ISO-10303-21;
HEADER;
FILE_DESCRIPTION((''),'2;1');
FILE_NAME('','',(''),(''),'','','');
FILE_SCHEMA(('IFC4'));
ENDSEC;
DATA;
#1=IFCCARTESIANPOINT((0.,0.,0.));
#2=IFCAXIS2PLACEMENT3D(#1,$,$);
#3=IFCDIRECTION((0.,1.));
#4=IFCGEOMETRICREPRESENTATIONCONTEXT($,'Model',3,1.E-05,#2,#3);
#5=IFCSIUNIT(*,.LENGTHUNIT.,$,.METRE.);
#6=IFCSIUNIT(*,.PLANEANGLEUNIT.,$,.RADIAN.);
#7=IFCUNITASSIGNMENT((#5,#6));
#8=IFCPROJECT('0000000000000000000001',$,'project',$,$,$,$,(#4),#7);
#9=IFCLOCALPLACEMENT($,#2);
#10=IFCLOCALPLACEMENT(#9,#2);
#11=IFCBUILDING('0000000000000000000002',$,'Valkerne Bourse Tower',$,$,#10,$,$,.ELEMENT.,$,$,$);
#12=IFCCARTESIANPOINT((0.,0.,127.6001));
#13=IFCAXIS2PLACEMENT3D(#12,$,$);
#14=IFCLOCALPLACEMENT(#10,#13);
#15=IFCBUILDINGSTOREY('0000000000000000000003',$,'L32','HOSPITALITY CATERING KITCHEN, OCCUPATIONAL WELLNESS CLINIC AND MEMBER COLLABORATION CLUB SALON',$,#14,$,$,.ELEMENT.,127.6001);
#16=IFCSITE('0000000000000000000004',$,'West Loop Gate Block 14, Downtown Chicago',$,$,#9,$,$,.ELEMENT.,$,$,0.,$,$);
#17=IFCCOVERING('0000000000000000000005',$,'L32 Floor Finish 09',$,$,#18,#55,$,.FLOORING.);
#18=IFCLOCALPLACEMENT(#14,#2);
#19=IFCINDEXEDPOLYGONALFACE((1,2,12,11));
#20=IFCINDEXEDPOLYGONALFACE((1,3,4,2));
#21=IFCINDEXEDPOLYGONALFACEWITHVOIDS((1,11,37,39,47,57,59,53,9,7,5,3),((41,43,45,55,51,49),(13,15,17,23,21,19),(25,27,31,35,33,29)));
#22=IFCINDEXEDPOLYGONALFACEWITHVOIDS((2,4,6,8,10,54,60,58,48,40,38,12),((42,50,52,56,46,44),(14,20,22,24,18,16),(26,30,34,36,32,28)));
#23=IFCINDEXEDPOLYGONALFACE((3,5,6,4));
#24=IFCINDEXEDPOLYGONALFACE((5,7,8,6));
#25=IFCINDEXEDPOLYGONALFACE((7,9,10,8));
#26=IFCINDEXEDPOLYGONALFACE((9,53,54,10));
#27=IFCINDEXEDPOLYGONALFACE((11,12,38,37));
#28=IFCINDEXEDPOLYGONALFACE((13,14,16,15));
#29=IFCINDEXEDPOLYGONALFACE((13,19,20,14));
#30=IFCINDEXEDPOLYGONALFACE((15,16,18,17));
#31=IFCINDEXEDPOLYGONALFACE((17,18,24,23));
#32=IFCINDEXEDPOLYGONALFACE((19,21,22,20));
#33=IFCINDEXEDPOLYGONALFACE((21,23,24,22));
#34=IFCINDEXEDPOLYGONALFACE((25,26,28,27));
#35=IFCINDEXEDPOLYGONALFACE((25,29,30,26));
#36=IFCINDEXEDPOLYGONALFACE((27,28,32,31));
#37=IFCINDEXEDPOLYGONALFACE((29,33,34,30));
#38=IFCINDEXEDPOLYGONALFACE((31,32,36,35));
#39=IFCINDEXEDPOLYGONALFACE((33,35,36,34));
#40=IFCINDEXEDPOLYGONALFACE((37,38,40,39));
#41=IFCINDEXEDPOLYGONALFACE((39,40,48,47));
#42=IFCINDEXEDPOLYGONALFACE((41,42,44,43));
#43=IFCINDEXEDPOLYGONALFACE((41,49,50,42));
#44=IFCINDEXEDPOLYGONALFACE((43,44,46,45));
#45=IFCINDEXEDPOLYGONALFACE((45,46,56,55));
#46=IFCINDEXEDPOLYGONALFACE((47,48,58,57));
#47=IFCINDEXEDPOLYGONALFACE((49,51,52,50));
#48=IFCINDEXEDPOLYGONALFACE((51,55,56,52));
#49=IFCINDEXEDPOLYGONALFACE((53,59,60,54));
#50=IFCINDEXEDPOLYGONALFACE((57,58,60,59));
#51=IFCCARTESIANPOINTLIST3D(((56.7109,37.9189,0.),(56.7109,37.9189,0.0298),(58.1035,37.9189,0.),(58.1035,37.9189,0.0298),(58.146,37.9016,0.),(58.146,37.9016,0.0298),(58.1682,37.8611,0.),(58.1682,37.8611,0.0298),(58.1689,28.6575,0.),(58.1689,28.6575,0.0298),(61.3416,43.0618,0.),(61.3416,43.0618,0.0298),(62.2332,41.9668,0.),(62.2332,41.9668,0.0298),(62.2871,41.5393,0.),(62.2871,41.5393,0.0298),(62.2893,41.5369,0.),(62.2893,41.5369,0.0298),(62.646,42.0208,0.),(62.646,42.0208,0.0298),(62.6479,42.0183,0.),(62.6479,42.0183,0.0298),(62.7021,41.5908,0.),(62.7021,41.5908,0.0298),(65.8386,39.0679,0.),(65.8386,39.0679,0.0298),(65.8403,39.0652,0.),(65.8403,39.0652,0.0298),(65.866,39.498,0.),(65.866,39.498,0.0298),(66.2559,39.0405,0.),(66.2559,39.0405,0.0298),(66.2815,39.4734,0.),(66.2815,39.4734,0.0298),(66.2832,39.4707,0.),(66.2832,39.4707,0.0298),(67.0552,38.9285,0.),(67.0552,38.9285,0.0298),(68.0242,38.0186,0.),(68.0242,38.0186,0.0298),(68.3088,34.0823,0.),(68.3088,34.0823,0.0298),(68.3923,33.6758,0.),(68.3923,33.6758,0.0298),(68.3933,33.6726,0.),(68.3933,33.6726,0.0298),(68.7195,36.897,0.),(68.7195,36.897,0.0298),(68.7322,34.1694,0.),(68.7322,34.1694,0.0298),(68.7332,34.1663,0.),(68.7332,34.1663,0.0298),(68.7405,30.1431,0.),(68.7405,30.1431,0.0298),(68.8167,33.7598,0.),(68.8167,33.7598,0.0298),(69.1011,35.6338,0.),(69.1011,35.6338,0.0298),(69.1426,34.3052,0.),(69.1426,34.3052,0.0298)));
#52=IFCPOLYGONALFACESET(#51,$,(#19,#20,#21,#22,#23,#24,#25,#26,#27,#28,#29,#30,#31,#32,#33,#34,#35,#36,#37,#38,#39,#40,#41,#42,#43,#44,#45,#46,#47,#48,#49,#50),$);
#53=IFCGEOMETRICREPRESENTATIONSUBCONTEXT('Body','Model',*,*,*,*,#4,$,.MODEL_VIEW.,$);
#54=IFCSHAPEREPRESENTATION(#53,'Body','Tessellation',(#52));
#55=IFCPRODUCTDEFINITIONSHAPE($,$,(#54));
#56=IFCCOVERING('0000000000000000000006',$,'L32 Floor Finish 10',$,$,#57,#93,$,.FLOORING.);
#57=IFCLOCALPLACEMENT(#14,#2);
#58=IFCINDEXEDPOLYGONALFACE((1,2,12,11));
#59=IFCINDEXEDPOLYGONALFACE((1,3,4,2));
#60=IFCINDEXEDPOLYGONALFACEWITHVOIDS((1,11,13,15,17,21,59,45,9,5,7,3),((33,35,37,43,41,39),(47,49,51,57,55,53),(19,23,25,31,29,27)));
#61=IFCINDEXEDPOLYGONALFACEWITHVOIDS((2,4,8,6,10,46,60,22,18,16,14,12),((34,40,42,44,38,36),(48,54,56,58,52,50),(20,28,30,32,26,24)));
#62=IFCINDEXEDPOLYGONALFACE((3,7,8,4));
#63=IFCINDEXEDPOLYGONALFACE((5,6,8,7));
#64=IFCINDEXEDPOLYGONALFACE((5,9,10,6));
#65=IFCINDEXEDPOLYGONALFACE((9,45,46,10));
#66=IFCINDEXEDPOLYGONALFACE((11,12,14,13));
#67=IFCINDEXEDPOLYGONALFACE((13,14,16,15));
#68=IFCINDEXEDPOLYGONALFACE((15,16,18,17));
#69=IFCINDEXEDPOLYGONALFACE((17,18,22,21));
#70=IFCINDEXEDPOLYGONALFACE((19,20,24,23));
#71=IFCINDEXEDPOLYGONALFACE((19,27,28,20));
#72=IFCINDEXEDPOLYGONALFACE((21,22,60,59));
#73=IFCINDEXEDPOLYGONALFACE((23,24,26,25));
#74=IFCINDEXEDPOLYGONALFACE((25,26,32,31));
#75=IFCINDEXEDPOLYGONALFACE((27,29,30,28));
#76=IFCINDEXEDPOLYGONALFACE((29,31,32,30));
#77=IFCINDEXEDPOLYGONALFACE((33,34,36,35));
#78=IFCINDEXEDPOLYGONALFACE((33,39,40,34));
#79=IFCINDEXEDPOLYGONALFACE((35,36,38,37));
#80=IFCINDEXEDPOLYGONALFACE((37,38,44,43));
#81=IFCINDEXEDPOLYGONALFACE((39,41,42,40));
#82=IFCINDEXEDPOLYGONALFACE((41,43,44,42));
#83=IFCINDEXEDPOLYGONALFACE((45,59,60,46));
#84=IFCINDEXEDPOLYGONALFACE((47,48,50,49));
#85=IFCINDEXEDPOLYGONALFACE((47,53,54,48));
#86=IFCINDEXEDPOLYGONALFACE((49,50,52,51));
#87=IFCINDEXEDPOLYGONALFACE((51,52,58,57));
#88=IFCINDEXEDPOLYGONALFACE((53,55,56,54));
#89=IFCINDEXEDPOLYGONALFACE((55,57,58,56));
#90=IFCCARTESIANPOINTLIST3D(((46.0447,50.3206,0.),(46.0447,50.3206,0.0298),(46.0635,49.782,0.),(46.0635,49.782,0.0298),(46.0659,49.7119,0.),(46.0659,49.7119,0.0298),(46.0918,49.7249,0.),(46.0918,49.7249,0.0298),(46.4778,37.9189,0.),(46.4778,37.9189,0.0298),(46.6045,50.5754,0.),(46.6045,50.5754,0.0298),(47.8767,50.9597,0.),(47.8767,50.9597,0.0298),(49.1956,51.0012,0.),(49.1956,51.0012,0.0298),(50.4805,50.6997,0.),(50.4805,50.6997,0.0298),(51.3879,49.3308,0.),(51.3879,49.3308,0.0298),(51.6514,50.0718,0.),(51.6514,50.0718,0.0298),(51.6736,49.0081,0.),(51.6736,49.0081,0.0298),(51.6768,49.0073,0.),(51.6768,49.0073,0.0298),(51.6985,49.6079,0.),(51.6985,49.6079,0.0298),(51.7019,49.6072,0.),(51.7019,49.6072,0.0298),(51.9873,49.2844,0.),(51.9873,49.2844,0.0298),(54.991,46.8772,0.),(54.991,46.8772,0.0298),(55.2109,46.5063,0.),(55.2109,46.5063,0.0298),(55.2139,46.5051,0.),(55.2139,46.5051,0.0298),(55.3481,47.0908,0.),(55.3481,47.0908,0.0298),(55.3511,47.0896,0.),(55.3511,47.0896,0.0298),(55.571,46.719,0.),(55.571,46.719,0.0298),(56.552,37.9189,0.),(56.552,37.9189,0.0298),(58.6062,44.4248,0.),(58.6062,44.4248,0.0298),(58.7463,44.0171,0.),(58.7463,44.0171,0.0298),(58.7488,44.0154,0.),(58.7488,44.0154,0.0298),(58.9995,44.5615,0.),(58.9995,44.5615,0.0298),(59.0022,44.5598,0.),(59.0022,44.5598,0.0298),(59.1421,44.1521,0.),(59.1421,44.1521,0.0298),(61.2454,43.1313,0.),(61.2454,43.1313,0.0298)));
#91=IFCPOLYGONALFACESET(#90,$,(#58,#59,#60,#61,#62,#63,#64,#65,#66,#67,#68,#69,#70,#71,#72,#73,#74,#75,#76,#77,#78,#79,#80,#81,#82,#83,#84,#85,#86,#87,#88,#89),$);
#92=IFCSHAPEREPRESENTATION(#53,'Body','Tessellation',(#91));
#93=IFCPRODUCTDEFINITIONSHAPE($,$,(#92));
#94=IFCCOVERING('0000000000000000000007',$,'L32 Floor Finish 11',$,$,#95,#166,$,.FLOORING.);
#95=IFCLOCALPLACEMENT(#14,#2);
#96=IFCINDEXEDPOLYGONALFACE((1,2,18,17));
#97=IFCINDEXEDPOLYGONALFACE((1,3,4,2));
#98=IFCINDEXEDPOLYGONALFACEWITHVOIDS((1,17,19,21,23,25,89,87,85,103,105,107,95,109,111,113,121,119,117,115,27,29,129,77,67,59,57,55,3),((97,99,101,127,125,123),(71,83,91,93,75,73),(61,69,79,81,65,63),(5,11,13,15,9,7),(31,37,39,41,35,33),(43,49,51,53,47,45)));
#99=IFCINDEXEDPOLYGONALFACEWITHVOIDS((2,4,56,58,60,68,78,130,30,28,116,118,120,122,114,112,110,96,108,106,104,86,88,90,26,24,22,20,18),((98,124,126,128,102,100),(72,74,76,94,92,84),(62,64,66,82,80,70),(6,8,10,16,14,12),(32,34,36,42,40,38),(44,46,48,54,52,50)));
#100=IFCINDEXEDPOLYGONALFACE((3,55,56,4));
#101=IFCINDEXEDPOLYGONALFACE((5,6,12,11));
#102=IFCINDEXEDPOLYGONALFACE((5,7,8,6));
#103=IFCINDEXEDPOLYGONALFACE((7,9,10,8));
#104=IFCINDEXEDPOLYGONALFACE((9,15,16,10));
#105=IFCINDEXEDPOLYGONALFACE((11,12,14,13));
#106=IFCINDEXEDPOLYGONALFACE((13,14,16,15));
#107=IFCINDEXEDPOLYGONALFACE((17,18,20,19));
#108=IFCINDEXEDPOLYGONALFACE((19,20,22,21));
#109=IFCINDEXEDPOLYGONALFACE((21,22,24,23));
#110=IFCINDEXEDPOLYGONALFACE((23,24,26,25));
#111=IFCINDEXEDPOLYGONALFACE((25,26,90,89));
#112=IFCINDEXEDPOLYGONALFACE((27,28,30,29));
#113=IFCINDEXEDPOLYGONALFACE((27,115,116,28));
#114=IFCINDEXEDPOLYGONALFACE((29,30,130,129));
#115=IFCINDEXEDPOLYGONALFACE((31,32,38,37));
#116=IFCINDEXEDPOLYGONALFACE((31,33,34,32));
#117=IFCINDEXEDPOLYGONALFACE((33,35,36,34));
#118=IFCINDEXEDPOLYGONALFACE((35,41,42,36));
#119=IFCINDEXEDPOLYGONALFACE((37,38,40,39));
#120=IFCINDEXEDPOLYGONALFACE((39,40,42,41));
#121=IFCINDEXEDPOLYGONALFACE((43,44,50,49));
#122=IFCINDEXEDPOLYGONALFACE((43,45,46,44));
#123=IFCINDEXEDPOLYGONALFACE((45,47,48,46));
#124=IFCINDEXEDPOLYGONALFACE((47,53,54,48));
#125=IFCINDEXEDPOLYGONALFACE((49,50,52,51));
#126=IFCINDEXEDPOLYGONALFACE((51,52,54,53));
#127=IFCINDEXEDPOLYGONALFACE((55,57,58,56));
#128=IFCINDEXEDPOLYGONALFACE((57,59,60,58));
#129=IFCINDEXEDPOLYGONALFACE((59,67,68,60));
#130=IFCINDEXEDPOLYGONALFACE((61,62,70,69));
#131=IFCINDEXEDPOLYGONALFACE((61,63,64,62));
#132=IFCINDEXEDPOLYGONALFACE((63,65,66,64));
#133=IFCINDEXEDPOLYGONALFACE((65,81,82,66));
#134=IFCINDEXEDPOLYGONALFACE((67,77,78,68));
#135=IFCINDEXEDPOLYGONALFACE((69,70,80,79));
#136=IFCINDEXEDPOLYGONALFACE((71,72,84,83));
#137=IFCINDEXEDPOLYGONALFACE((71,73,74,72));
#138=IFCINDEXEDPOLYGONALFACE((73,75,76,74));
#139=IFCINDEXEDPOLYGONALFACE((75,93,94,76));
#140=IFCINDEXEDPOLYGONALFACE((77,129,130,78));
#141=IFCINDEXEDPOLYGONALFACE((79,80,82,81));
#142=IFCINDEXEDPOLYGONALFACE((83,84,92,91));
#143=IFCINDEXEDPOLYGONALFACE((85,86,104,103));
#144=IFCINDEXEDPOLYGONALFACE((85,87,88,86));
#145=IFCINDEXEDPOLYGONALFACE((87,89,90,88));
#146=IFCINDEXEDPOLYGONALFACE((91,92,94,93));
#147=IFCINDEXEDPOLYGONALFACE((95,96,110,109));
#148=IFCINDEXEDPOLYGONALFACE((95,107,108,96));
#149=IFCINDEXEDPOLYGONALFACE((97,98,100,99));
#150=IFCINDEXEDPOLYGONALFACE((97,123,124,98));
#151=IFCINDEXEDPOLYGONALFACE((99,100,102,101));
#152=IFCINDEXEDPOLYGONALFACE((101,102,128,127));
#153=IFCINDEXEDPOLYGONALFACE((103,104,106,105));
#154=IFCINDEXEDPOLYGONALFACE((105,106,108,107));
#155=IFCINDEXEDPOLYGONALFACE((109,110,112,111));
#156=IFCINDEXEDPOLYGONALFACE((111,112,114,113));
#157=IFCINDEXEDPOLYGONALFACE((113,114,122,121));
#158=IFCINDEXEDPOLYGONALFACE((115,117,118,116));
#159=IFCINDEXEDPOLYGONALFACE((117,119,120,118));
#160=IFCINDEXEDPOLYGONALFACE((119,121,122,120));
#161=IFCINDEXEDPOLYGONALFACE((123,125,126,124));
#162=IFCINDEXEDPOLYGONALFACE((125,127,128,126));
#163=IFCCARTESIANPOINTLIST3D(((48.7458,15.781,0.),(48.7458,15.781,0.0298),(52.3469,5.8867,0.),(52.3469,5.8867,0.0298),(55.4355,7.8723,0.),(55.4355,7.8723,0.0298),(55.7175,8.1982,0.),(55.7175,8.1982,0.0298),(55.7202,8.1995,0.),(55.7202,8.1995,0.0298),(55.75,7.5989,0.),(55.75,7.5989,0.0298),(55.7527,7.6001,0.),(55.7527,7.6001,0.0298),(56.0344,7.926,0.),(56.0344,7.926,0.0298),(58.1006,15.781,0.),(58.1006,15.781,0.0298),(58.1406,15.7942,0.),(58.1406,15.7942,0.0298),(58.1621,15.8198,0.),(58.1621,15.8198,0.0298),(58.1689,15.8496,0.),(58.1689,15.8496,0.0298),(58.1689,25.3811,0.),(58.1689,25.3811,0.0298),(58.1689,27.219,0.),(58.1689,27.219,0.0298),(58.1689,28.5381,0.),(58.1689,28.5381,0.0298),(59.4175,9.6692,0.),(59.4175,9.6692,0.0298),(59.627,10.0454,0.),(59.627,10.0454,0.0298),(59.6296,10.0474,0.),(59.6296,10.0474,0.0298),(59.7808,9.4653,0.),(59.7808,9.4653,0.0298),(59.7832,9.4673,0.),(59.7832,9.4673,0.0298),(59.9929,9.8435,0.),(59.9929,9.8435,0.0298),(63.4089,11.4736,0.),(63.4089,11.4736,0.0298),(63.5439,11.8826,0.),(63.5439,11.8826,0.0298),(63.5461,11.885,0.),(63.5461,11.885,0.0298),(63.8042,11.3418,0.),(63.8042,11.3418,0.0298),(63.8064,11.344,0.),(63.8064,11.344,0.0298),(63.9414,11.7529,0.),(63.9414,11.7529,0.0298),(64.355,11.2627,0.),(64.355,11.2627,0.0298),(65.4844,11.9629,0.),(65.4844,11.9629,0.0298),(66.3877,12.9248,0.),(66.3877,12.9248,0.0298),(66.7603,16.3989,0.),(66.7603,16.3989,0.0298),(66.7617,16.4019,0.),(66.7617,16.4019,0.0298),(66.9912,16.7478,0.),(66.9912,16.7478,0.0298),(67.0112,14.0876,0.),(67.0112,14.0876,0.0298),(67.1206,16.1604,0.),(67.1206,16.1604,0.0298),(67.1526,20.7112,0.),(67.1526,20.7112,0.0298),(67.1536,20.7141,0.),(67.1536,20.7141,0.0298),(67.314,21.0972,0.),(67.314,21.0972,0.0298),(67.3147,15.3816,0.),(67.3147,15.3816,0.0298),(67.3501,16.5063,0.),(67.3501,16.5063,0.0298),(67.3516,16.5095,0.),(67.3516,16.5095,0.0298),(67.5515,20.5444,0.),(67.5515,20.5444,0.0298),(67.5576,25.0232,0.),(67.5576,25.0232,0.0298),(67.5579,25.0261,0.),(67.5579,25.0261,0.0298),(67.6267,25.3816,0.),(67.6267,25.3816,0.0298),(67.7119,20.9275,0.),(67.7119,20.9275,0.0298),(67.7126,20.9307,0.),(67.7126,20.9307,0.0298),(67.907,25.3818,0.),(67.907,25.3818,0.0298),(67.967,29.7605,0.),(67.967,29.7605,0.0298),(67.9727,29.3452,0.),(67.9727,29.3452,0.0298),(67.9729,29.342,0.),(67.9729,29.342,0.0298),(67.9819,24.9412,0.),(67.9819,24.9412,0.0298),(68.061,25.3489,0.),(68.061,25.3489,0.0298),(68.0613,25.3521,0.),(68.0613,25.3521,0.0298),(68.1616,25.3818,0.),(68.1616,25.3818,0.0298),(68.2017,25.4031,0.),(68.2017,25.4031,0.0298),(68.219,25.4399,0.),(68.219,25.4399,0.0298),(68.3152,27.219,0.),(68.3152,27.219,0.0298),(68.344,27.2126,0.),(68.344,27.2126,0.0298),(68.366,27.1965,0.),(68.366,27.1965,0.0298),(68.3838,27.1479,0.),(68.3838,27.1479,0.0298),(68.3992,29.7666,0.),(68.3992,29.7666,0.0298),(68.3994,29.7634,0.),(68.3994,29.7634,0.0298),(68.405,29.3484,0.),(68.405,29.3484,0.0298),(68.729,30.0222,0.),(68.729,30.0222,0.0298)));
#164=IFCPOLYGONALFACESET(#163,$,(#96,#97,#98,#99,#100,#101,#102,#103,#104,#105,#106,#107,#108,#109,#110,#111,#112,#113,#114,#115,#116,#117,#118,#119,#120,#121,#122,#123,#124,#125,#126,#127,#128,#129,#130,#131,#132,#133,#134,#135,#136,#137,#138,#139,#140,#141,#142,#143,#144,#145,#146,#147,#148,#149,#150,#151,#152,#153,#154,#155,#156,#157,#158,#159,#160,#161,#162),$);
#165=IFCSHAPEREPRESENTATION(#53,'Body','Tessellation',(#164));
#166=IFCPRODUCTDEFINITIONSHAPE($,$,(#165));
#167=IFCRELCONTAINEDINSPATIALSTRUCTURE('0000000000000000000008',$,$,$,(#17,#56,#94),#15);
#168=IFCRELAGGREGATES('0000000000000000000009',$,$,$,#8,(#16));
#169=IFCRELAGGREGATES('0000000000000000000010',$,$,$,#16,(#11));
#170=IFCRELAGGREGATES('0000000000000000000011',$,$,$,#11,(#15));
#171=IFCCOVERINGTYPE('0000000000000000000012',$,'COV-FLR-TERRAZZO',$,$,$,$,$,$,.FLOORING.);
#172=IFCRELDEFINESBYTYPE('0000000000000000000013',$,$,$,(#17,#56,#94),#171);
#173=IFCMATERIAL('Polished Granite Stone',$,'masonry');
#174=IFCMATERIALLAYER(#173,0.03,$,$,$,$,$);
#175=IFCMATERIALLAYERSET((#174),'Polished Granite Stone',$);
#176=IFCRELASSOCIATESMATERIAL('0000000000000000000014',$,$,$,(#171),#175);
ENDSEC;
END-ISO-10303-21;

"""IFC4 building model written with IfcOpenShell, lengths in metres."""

from ifc_helpers import new_model, si_unit, direction, frame, origin, place, context, subcontext, project, spatial, polyline, outline, extrude, material, layer, layer_set, type_object, element, save


model = new_model("IFC4")

# Units and contexts
model_context = context("Model", 3, precision=1e-05, world=origin(), true_north=direction((0.0, 1.0)))
body_context = subcontext(model_context, "Body", "Model", "MODEL_VIEW")
ifc_project = project(units=[si_unit("LENGTHUNIT", "METRE"), si_unit("PLANEANGLEUNIT", "RADIAN")], contexts=[model_context])

# Site, building, storey
site_placement = place(None, origin())
site = spatial("IfcSite", under=ifc_project, at=site_placement, Name="West Loop Gate Block 14, Downtown Chicago", CompositionType="ELEMENT", RefElevation=0.0)
building_placement = place(site_placement, origin())
building = spatial("IfcBuilding", under=site, at=building_placement, Name="Valkerne Bourse Tower", CompositionType="ELEMENT")
storey_placement = place(building_placement, frame((0.0, 0.0, 127.6001)))
storey = spatial("IfcBuildingStorey", under=building, at=storey_placement, Name="L32", Description="HOSPITALITY CATERING KITCHEN, OCCUPATIONAL WELLNESS CLINIC AND MEMBER COLLABORATION CLUB SALON", CompositionType="ELEMENT", Elevation=127.6001)

# Coverings
ifc_material_1 = material(Name="Polished Granite Stone", Category="masonry")
ifc_layer_1 = layer(ifc_material_1, 0.03)
ifc_layer_set_1 = layer_set([ifc_layer_1], Name="Polished Granite Stone")
covering_type_1 = type_object("IfcCoveringType", Name="COV-FLR-TERRAZZO", PredefinedType="FLOORING", material=ifc_layer_set_1)
covering_1_placement = place(storey_placement, origin())
element("IfcCovering", 1, at=covering_1_placement, inside=storey, type_object=covering_type_1, Name="L32 Floor Finish 09", PredefinedType="FLOORING", context=body_context, shape_type="SweptSolid", body=[
    extrude(outline(polyline([(68.7195, 36.897), (69.1011, 35.6338), (69.1426, 34.3052), (68.7405, 30.1431), (58.1689, 28.6575), (58.1682, 37.8611), (58.146, 37.9016), (58.1035, 37.9189), (56.7109, 37.9189), (61.3416, 43.0618), (67.0552, 38.9285), (68.0242, 38.0186), (68.7195, 36.897)]), holes=[polyline([(68.7332, 34.1663), (68.7322, 34.1694), (68.3088, 34.0823), (68.3923, 33.6758), (68.3933, 33.6726), (68.8167, 33.7598), (68.7332, 34.1663)]), polyline([(66.2832, 39.4707), (66.2815, 39.4734), (65.866, 39.498), (65.8386, 39.0679), (65.8403, 39.0652), (66.2559, 39.0405), (66.2832, 39.4707)]), polyline([(62.7021, 41.5908), (62.6479, 42.0183), (62.646, 42.0208), (62.2332, 41.9668), (62.2871, 41.5393), (62.2893, 41.5369), (62.7021, 41.5908)])]), origin(), (0.0, 0.0, 1.0), 0.0298),
])
covering_2_placement = place(storey_placement, origin())
element("IfcCovering", 2, at=covering_2_placement, inside=storey, type_object=covering_type_1, Name="L32 Floor Finish 10", PredefinedType="FLOORING", context=body_context, shape_type="SweptSolid", body=[
    extrude(outline(polyline([(51.6514, 50.0718), (61.2454, 43.1313), (56.552, 37.9189), (46.4778, 37.9189), (46.0659, 49.7119), (46.0918, 49.7249), (46.0635, 49.782), (46.0447, 50.3206), (46.6045, 50.5754), (47.8767, 50.9597), (49.1956, 51.0012), (50.4805, 50.6997), (51.6514, 50.0718)]), holes=[polyline([(51.7019, 49.6072), (51.6985, 49.6079), (51.3879, 49.3308), (51.6736, 49.0081), (51.6768, 49.0073), (51.9873, 49.2844), (51.7019, 49.6072)]), polyline([(59.0022, 44.5598), (58.9995, 44.5615), (58.6062, 44.4248), (58.7463, 44.0171), (58.7488, 44.0154), (59.1421, 44.1521), (59.0022, 44.5598)]), polyline([(55.571, 46.719), (55.3511, 47.0896), (55.3481, 47.0908), (54.991, 46.8772), (55.2109, 46.5063), (55.2139, 46.5051), (55.571, 46.719)])]), origin(), (0.0, 0.0, 1.0), 0.0298),
])
covering_3_placement = place(storey_placement, origin())
element("IfcCovering", 3, at=covering_3_placement, inside=storey, type_object=covering_type_1, Name="L32 Floor Finish 11", PredefinedType="FLOORING", context=body_context, shape_type="SweptSolid", body=[
    extrude(outline(polyline([(66.3877, 12.9248), (65.4844, 11.9629), (64.355, 11.2627), (52.3469, 5.8867), (48.7458, 15.781), (58.1006, 15.781), (58.1406, 15.7942), (58.1621, 15.8198), (58.1689, 15.8496), (58.1689, 25.3811), (67.6267, 25.3816), (67.5579, 25.0261), (67.5576, 25.0232), (67.9819, 24.9412), (68.061, 25.3489), (68.0613, 25.3521), (67.907, 25.3818), (68.1616, 25.3818), (68.2017, 25.4031), (68.219, 25.4399), (68.3838, 27.1479), (68.366, 27.1965), (68.344, 27.2126), (68.3152, 27.219), (58.1689, 27.219), (58.1689, 28.5381), (68.729, 30.0222), (67.3147, 15.3816), (67.0112, 14.0876), (66.3877, 12.9248)]), holes=[polyline([(55.7527, 7.6001), (56.0344, 7.926), (55.7202, 8.1995), (55.7175, 8.1982), (55.4355, 7.8723), (55.75, 7.5989), (55.7527, 7.6001)]), polyline([(59.7832, 9.4673), (59.9929, 9.8435), (59.6296, 10.0474), (59.627, 10.0454), (59.4175, 9.6692), (59.7808, 9.4653), (59.7832, 9.4673)]), polyline([(63.9414, 11.7529), (63.5461, 11.885), (63.5439, 11.8826), (63.4089, 11.4736), (63.8042, 11.3418), (63.8064, 11.344), (63.9414, 11.7529)]), polyline([(67.3516, 16.5095), (66.9912, 16.7478), (66.7617, 16.4019), (66.7603, 16.3989), (67.1206, 16.1604), (67.3501, 16.5063), (67.3516, 16.5095)]), polyline([(67.7126, 20.9307), (67.314, 21.0972), (67.1536, 20.7141), (67.1526, 20.7112), (67.5515, 20.5444), (67.7119, 20.9275), (67.7126, 20.9307)]), polyline([(68.405, 29.3484), (68.3994, 29.7634), (68.3992, 29.7666), (67.967, 29.7605), (67.9727, 29.3452), (67.9729, 29.342), (68.405, 29.3484)])]), origin(), (0.0, 0.0, 1.0), 0.0298),
])

save(model, "model.ifc")
